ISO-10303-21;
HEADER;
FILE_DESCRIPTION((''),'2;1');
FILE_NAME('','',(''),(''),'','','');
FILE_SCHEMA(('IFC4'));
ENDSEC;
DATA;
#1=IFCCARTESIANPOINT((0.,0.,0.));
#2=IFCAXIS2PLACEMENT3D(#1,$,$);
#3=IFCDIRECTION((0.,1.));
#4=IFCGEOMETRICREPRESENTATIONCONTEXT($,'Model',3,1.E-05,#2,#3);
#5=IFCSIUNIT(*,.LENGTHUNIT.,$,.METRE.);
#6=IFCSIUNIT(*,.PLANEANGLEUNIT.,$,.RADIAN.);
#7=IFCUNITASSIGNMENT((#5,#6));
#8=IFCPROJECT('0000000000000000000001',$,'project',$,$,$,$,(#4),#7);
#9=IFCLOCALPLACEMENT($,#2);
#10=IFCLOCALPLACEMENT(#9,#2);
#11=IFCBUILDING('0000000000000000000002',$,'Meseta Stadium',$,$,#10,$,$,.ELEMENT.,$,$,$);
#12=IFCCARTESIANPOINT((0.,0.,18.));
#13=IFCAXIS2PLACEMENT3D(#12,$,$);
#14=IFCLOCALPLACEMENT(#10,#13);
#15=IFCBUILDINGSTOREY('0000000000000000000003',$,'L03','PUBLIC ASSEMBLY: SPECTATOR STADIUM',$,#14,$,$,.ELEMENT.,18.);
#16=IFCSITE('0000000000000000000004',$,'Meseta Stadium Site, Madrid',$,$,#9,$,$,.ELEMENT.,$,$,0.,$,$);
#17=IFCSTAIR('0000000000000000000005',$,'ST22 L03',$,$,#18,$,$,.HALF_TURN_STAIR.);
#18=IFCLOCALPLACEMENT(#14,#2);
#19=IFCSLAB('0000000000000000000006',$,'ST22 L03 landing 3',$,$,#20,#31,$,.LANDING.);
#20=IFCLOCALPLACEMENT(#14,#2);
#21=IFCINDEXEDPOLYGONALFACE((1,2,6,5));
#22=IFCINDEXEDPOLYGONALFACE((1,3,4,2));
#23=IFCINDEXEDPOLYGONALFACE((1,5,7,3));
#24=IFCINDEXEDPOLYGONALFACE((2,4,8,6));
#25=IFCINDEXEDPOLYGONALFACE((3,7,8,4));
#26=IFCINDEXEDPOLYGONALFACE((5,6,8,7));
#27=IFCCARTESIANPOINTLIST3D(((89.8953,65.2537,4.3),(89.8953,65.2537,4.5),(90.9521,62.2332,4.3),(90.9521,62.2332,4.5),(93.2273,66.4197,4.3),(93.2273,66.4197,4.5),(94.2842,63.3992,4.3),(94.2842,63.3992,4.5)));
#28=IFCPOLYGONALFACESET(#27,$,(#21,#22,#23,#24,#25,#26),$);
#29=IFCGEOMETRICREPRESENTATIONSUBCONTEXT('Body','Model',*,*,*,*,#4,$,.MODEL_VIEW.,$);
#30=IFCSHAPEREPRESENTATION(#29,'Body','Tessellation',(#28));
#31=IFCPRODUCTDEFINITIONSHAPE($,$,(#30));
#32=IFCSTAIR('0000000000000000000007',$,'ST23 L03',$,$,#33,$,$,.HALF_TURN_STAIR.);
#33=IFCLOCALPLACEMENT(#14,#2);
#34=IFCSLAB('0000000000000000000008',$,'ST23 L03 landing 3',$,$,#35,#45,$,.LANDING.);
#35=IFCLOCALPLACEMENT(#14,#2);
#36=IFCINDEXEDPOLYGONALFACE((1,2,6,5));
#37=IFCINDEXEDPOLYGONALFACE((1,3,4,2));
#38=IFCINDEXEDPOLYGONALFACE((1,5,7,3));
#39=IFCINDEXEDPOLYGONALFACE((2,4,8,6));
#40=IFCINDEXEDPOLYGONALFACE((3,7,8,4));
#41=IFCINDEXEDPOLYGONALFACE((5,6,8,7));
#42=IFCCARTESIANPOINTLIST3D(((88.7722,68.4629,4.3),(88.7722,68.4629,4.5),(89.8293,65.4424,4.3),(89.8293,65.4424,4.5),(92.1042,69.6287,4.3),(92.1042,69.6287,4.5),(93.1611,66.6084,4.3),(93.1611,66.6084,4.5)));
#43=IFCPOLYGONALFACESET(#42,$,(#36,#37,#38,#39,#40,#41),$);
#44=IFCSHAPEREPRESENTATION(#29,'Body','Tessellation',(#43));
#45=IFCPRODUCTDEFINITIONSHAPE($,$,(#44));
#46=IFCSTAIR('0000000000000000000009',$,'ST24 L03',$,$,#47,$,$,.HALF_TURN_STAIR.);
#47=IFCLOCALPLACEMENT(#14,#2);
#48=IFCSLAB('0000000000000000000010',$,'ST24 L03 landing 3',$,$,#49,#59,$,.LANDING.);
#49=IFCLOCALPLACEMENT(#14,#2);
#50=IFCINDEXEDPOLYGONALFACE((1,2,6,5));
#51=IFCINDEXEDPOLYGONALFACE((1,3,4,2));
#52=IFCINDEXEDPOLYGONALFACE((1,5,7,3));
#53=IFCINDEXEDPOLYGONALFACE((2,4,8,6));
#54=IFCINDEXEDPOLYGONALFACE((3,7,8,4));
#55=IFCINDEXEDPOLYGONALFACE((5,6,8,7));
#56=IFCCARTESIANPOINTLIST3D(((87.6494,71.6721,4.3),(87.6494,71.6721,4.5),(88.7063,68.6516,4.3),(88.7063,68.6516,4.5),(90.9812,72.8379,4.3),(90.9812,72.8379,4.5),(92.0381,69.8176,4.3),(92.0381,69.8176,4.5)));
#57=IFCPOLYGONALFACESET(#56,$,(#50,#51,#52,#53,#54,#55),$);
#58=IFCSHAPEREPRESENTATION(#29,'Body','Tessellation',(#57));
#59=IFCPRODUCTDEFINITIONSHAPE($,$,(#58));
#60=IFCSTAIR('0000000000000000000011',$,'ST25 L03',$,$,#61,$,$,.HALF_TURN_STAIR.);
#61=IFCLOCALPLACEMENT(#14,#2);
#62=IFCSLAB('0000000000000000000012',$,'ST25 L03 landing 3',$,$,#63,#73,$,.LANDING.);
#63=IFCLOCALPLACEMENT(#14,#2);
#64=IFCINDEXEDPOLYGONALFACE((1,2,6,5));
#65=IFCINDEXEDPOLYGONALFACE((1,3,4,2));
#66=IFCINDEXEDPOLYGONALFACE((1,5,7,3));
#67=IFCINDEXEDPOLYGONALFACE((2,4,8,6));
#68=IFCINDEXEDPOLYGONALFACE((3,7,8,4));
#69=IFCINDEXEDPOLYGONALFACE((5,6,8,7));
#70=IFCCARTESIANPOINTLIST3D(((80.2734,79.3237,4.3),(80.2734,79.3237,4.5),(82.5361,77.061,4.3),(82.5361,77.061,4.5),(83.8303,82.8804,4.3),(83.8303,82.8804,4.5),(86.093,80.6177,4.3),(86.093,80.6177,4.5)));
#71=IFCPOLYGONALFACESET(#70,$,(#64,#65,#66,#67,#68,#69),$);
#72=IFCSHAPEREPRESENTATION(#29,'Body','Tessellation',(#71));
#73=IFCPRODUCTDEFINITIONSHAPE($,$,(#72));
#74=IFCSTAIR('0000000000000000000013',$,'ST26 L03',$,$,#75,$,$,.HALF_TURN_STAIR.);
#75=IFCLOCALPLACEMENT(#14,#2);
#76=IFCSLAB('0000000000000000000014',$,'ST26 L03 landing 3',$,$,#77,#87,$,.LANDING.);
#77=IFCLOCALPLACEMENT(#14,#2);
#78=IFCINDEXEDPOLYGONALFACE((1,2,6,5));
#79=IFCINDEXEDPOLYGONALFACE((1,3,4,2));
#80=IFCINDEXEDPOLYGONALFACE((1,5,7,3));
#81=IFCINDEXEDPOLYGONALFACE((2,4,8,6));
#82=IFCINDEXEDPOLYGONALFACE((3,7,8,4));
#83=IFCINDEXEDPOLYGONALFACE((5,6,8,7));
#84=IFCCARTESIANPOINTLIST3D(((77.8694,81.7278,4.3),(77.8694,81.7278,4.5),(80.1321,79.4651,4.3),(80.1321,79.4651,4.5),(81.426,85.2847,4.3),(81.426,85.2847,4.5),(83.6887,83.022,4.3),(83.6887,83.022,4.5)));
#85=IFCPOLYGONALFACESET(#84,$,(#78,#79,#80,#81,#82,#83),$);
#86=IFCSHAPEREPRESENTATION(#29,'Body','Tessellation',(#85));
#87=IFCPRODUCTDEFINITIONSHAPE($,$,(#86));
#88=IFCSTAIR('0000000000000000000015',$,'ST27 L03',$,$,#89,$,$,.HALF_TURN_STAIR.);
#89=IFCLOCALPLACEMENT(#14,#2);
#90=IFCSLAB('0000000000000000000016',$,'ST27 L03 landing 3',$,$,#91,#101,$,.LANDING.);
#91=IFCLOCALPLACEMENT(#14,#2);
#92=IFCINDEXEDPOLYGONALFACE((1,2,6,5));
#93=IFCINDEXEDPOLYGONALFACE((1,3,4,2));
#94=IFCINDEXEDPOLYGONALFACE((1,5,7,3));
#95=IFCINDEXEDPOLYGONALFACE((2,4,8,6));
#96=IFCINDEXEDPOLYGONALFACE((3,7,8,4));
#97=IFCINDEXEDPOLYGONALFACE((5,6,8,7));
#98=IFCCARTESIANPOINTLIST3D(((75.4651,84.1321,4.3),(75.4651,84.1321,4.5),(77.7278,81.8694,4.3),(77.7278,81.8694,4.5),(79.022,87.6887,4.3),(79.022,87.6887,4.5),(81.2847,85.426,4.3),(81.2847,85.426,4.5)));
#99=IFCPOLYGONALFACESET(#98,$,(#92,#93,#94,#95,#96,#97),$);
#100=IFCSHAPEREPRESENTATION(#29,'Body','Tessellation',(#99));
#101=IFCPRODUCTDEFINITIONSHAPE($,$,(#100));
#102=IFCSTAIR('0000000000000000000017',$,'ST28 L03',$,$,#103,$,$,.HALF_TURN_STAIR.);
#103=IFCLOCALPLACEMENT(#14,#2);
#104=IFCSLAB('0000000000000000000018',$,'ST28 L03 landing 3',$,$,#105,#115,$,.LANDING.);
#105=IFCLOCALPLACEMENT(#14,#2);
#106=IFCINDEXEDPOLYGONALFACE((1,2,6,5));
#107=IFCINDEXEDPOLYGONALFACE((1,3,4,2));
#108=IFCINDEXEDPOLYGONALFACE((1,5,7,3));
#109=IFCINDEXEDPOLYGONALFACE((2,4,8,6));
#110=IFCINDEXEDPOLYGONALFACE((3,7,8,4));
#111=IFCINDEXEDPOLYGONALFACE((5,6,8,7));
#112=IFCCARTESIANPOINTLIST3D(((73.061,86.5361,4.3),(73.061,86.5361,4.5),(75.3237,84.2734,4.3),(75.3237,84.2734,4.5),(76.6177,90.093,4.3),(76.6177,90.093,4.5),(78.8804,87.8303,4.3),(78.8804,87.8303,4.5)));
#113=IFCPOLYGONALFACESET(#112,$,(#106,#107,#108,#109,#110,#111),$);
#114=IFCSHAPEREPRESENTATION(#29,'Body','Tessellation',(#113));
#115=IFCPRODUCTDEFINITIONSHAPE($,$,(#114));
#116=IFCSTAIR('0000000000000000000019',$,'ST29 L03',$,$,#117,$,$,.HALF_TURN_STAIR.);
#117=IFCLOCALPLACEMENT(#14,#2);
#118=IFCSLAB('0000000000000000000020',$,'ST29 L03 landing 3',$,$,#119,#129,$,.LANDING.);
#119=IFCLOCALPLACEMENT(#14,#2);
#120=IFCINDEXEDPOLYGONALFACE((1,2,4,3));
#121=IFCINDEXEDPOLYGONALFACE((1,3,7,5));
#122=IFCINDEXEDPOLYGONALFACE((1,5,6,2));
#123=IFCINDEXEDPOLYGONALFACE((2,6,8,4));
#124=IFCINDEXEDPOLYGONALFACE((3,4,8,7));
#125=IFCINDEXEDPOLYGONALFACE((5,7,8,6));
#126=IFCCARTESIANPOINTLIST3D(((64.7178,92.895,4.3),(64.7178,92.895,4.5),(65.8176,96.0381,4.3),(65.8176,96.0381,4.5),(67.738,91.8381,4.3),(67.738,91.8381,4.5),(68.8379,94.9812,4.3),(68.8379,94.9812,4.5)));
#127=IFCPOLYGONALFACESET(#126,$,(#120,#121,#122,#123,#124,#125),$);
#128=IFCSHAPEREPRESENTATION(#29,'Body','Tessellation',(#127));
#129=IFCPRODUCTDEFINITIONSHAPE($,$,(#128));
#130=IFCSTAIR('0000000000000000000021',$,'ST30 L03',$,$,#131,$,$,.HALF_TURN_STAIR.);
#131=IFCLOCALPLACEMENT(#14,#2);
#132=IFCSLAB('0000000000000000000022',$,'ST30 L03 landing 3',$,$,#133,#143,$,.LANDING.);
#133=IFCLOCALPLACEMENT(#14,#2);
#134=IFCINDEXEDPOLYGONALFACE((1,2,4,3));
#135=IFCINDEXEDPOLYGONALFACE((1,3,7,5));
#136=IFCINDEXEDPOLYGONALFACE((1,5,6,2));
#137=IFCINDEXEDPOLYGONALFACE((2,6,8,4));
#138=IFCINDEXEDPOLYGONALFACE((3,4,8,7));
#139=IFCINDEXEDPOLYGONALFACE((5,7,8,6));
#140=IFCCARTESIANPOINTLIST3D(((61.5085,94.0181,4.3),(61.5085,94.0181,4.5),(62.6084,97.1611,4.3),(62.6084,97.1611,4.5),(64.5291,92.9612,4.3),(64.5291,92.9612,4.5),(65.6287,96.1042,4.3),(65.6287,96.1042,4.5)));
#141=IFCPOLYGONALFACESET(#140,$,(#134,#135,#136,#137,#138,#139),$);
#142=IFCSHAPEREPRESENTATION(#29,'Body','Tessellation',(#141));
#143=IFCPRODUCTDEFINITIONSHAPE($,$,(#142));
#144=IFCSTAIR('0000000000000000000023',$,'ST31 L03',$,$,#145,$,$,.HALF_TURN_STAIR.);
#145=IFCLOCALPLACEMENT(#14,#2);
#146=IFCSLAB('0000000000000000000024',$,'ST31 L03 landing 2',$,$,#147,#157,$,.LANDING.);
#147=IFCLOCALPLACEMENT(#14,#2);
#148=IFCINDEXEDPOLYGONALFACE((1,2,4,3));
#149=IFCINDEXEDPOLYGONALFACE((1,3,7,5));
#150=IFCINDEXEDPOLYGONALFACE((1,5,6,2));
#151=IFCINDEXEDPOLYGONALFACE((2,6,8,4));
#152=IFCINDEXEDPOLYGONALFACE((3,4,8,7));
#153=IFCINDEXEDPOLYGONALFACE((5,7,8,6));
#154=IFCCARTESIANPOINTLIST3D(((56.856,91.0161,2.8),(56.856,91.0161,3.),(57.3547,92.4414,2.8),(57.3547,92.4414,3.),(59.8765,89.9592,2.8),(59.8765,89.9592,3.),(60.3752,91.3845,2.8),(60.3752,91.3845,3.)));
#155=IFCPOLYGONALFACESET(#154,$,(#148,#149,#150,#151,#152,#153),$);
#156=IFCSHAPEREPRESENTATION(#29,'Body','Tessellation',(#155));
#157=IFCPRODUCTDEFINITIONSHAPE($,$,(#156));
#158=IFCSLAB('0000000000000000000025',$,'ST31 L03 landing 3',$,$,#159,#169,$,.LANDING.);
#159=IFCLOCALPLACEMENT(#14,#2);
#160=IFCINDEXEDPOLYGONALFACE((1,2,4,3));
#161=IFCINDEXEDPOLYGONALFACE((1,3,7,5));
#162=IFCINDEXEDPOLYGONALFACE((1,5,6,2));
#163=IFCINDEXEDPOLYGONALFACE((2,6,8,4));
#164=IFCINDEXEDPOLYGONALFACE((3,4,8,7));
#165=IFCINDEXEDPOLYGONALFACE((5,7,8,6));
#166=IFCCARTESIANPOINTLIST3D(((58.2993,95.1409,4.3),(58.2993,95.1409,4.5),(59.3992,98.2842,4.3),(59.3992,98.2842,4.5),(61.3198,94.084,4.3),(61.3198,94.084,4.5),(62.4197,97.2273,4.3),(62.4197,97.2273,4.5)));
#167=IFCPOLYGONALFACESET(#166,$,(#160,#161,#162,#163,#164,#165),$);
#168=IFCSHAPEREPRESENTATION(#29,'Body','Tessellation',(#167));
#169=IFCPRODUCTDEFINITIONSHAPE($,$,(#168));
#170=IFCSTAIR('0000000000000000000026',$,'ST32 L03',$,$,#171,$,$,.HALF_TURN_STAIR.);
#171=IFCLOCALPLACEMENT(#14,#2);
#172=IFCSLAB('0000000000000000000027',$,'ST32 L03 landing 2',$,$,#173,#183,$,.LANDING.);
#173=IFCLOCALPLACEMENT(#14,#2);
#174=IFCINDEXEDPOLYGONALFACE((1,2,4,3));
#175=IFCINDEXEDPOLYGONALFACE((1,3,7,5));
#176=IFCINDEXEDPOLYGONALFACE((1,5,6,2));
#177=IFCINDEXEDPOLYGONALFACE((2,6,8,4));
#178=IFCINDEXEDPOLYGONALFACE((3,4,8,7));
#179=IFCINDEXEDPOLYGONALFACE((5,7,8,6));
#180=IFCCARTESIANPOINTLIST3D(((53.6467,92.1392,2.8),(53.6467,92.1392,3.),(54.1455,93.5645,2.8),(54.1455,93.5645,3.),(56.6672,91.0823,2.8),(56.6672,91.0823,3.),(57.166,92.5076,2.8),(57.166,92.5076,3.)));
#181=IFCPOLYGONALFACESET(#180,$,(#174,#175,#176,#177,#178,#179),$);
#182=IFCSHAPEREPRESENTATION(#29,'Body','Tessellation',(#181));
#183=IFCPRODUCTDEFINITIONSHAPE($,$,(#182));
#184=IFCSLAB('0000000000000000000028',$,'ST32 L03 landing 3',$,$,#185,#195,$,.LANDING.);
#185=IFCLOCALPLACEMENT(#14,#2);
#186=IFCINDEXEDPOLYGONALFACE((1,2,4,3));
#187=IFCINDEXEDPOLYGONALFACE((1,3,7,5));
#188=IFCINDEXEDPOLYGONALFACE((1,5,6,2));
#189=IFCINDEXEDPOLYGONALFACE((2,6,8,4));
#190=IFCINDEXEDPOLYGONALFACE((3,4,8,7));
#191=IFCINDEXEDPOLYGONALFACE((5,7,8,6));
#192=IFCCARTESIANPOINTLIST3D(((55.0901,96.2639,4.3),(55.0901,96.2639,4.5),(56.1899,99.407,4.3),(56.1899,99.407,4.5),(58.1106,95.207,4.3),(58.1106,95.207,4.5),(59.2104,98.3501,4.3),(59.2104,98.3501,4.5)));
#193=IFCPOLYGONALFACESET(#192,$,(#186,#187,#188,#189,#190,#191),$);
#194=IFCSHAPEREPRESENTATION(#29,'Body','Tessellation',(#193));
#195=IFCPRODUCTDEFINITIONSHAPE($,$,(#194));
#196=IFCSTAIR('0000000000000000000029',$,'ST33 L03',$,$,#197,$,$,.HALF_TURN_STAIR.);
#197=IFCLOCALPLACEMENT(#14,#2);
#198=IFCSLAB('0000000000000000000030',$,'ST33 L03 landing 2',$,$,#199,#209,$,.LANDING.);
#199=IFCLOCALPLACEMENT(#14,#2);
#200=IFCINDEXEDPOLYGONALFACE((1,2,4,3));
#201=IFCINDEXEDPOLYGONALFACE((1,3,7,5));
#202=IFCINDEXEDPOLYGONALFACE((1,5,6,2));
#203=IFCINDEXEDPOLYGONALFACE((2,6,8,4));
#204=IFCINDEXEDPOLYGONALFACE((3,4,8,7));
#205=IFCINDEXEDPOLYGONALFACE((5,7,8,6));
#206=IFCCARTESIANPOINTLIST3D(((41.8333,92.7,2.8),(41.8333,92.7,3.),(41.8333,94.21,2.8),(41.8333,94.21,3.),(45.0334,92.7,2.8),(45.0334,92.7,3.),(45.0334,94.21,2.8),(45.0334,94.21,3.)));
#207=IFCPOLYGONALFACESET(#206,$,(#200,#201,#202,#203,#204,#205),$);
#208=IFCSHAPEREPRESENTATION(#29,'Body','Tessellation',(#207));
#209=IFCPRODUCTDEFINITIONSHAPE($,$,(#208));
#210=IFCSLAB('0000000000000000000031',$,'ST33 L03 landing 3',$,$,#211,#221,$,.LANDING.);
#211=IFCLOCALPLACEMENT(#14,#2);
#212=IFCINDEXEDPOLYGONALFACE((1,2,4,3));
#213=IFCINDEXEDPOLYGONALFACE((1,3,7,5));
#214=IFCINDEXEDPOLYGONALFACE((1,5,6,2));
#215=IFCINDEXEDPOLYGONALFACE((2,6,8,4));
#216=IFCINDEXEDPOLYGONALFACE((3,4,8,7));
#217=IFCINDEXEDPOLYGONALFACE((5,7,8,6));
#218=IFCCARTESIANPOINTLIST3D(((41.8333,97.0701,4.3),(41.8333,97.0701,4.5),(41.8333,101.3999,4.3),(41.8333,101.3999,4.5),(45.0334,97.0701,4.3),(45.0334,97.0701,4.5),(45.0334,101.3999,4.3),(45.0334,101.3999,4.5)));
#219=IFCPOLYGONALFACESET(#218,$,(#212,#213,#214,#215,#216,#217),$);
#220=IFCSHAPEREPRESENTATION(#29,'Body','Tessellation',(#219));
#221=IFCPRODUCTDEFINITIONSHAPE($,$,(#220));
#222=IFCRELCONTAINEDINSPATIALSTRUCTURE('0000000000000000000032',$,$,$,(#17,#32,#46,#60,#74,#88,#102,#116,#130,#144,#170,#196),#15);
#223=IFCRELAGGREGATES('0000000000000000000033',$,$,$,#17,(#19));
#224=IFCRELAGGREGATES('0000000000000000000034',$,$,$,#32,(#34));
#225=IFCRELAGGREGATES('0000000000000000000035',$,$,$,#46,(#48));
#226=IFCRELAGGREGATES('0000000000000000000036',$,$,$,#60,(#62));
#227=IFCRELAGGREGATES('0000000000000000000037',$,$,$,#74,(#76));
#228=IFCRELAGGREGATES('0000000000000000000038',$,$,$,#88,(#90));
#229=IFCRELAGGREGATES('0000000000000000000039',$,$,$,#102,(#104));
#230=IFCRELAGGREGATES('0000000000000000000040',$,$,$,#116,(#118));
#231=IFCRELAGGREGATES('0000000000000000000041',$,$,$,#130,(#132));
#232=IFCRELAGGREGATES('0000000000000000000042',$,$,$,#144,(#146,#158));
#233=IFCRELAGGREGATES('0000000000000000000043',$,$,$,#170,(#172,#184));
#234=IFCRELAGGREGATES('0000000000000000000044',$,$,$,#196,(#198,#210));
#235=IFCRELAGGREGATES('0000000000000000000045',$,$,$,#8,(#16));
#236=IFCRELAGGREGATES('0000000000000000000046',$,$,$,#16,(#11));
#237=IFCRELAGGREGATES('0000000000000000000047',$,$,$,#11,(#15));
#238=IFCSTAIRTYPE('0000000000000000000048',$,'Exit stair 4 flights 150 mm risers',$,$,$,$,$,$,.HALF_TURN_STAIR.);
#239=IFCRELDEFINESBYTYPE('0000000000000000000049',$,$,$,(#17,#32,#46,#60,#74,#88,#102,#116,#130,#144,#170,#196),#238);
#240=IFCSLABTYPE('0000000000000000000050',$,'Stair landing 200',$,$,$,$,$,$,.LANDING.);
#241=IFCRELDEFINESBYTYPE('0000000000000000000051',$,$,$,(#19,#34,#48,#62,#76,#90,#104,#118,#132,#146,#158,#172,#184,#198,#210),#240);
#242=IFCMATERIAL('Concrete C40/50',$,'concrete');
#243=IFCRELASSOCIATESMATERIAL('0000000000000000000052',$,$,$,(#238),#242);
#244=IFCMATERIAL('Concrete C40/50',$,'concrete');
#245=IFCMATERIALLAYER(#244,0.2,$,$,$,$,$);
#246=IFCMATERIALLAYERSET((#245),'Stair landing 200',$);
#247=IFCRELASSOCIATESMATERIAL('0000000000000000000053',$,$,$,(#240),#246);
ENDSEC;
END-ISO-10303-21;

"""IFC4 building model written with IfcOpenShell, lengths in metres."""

from ifc_helpers import new_model, si_unit, direction, frame, origin, place, context, subcontext, project, spatial, polyline, outline, extrude, material, layer, layer_set, type_object, element, aggregate, save


model = new_model("IFC4")

# Units and contexts
model_context = context("Model", 3, precision=1e-05, world=origin(), true_north=direction((0.0, 1.0)))
body_context = subcontext(model_context, "Body", "Model", "MODEL_VIEW")
ifc_project = project(units=[si_unit("LENGTHUNIT", "METRE"), si_unit("PLANEANGLEUNIT", "RADIAN")], contexts=[model_context])

# Site, building, storey
site_placement = place(None, origin())
site = spatial("IfcSite", under=ifc_project, at=site_placement, Name="Meseta Stadium Site, Madrid", CompositionType="ELEMENT", RefElevation=0.0)
building_placement = place(site_placement, origin())
building = spatial("IfcBuilding", under=site, at=building_placement, Name="Meseta Stadium", CompositionType="ELEMENT")
storey_placement = place(building_placement, frame((0.0, 0.0, 18.0)))
storey = spatial("IfcBuildingStorey", under=building, at=storey_placement, Name="L03", Description="PUBLIC ASSEMBLY: SPECTATOR STADIUM", CompositionType="ELEMENT", Elevation=18.0)

# Stairs, slabs
ifc_material_1 = material(Name="Concrete C40/50", Category="concrete")
stair_type = type_object("IfcStairType", Name="Exit stair 4 flights 150 mm risers", PredefinedType="HALF_TURN_STAIR", material=ifc_material_1)
stair_1_placement = place(storey_placement, origin())
stair_1 = element("IfcStair", 1, at=stair_1_placement, inside=storey, type_object=stair_type, Name="ST22 L03", PredefinedType="HALF_TURN_STAIR")
ifc_material_2 = material(Name="Concrete C40/50", Category="concrete")
ifc_layer = layer(ifc_material_2, 0.2)
ifc_layer_set = layer_set([ifc_layer], Name="Stair landing 200")
slab_type = type_object("IfcSlabType", Name="Stair landing 200", PredefinedType="LANDING", material=ifc_layer_set)
slab_1_placement = place(storey_placement, frame((0.0, 0.0, 4.3)))
slab_1 = element("IfcSlab", 2, at=slab_1_placement, type_object=slab_type, Name="ST22 L03 landing 3", PredefinedType="LANDING", context=body_context, shape_type="SweptSolid", body=[
    extrude(outline(polyline([(90.9521, 62.2332), (94.2842, 63.3992), (93.2273, 66.4197), (89.8953, 65.2537), (90.9521, 62.2332)])), origin(), (0.0, 0.0, 1.0), 0.2),
])
aggregate(stair_1, [slab_1])
stair_2_placement = place(storey_placement, origin())
stair_2 = element("IfcStair", 3, at=stair_2_placement, inside=storey, type_object=stair_type, Name="ST23 L03", PredefinedType="HALF_TURN_STAIR")
slab_2_placement = place(storey_placement, frame((0.0, 0.0, 4.3)))
slab_2 = element("IfcSlab", 4, at=slab_2_placement, type_object=slab_type, Name="ST23 L03 landing 3", PredefinedType="LANDING", context=body_context, shape_type="SweptSolid", body=[
    extrude(outline(polyline([(89.8293, 65.4424), (93.1611, 66.6084), (92.1042, 69.6287), (88.7722, 68.4629), (89.8293, 65.4424)])), origin(), (0.0, 0.0, 1.0), 0.2),
])
aggregate(stair_2, [slab_2])
stair_3_placement = place(storey_placement, origin())
stair_3 = element("IfcStair", 5, at=stair_3_placement, inside=storey, type_object=stair_type, Name="ST24 L03", PredefinedType="HALF_TURN_STAIR")
slab_3_placement = place(storey_placement, frame((0.0, 0.0, 4.3)))
slab_3 = element("IfcSlab", 6, at=slab_3_placement, type_object=slab_type, Name="ST24 L03 landing 3", PredefinedType="LANDING", context=body_context, shape_type="SweptSolid", body=[
    extrude(outline(polyline([(88.7063, 68.6516), (92.0381, 69.8176), (90.9812, 72.8379), (87.6494, 71.6721), (88.7063, 68.6516)])), origin(), (0.0, 0.0, 1.0), 0.2),
])
aggregate(stair_3, [slab_3])
stair_4_placement = place(storey_placement, origin())
stair_4 = element("IfcStair", 7, at=stair_4_placement, inside=storey, type_object=stair_type, Name="ST25 L03", PredefinedType="HALF_TURN_STAIR")
slab_4_placement = place(storey_placement, frame((0.0, 0.0, 4.3)))
slab_4 = element("IfcSlab", 8, at=slab_4_placement, type_object=slab_type, Name="ST25 L03 landing 3", PredefinedType="LANDING", context=body_context, shape_type="SweptSolid", body=[
    extrude(outline(polyline([(82.5361, 77.061), (86.093, 80.6177), (83.8303, 82.8804), (80.2734, 79.3237), (82.5361, 77.061)])), origin(), (0.0, 0.0, 1.0), 0.2),
])
aggregate(stair_4, [slab_4])
stair_5_placement = place(storey_placement, origin())
stair_5 = element("IfcStair", 9, at=stair_5_placement, inside=storey, type_object=stair_type, Name="ST26 L03", PredefinedType="HALF_TURN_STAIR")
slab_5_placement = place(storey_placement, frame((0.0, 0.0, 4.3)))
slab_5 = element("IfcSlab", 10, at=slab_5_placement, type_object=slab_type, Name="ST26 L03 landing 3", PredefinedType="LANDING", context=body_context, shape_type="SweptSolid", body=[
    extrude(outline(polyline([(80.1321, 79.4651), (83.6887, 83.022), (81.426, 85.2847), (77.8694, 81.7278), (80.1321, 79.4651)])), origin(), (0.0, 0.0, 1.0), 0.2),
])
aggregate(stair_5, [slab_5])
stair_6_placement = place(storey_placement, origin())
stair_6 = element("IfcStair", 11, at=stair_6_placement, inside=storey, type_object=stair_type, Name="ST27 L03", PredefinedType="HALF_TURN_STAIR")
slab_6_placement = place(storey_placement, frame((0.0, 0.0, 4.3)))
slab_6 = element("IfcSlab", 12, at=slab_6_placement, type_object=slab_type, Name="ST27 L03 landing 3", PredefinedType="LANDING", context=body_context, shape_type="SweptSolid", body=[
    extrude(outline(polyline([(77.7278, 81.8694), (81.2847, 85.426), (79.022, 87.6887), (75.4651, 84.1321), (77.7278, 81.8694)])), origin(), (0.0, 0.0, 1.0), 0.2),
])
aggregate(stair_6, [slab_6])
stair_7_placement = place(storey_placement, origin())
stair_7 = element("IfcStair", 13, at=stair_7_placement, inside=storey, type_object=stair_type, Name="ST28 L03", PredefinedType="HALF_TURN_STAIR")
slab_7_placement = place(storey_placement, frame((0.0, 0.0, 4.3)))
slab_7 = element("IfcSlab", 14, at=slab_7_placement, type_object=slab_type, Name="ST28 L03 landing 3", PredefinedType="LANDING", context=body_context, shape_type="SweptSolid", body=[
    extrude(outline(polyline([(75.3237, 84.2734), (78.8804, 87.8303), (76.6177, 90.093), (73.061, 86.5361), (75.3237, 84.2734)])), origin(), (0.0, 0.0, 1.0), 0.2),
])
aggregate(stair_7, [slab_7])
stair_8_placement = place(storey_placement, origin())
stair_8 = element("IfcStair", 15, at=stair_8_placement, inside=storey, type_object=stair_type, Name="ST29 L03", PredefinedType="HALF_TURN_STAIR")
slab_8_placement = place(storey_placement, frame((0.0, 0.0, 4.3)))
slab_8 = element("IfcSlab", 16, at=slab_8_placement, type_object=slab_type, Name="ST29 L03 landing 3", PredefinedType="LANDING", context=body_context, shape_type="SweptSolid", body=[
    extrude(outline(polyline([(67.738, 91.8381), (68.8379, 94.9812), (65.8176, 96.0381), (64.7178, 92.895), (67.738, 91.8381)])), origin(), (0.0, 0.0, 1.0), 0.2),
])
aggregate(stair_8, [slab_8])
stair_9_placement = place(storey_placement, origin())
stair_9 = element("IfcStair", 17, at=stair_9_placement, inside=storey, type_object=stair_type, Name="ST30 L03", PredefinedType="HALF_TURN_STAIR")
slab_9_placement = place(storey_placement, frame((0.0, 0.0, 4.3)))
slab_9 = element("IfcSlab", 18, at=slab_9_placement, type_object=slab_type, Name="ST30 L03 landing 3", PredefinedType="LANDING", context=body_context, shape_type="SweptSolid", body=[
    extrude(outline(polyline([(64.5291, 92.9612), (65.6287, 96.1042), (62.6084, 97.1611), (61.5085, 94.0181), (64.5291, 92.9612)])), origin(), (0.0, 0.0, 1.0), 0.2),
])
aggregate(stair_9, [slab_9])

# Stairs, slabs
stair_10_placement = place(storey_placement, origin())
stair_10 = element("IfcStair", 19, at=stair_10_placement, inside=storey, type_object=stair_type, Name="ST31 L03", PredefinedType="HALF_TURN_STAIR")
slab_10_placement = place(storey_placement, frame((0.0, 0.0, 2.8)))
slab_10 = element("IfcSlab", 20, at=slab_10_placement, type_object=slab_type, Name="ST31 L03 landing 2", PredefinedType="LANDING", context=body_context, shape_type="SweptSolid", body=[
    extrude(outline(polyline([(59.8765, 89.9592), (60.3752, 91.3845), (57.3547, 92.4414), (56.856, 91.0161), (59.8765, 89.9592)])), origin(), (0.0, 0.0, 1.0), 0.2),
])
slab_11_placement = place(storey_placement, frame((0.0, 0.0, 4.3)))
slab_11 = element("IfcSlab", 21, at=slab_11_placement, type_object=slab_type, Name="ST31 L03 landing 3", PredefinedType="LANDING", context=body_context, shape_type="SweptSolid", body=[
    extrude(outline(polyline([(61.3198, 94.084), (62.4197, 97.2273), (59.3992, 98.2842), (58.2993, 95.1409), (61.3198, 94.084)])), origin(), (0.0, 0.0, 1.0), 0.2),
])
aggregate(stair_10, [slab_10, slab_11])
stair_11_placement = place(storey_placement, origin())
stair_11 = element("IfcStair", 22, at=stair_11_placement, inside=storey, type_object=stair_type, Name="ST32 L03", PredefinedType="HALF_TURN_STAIR")
slab_12_placement = place(storey_placement, frame((0.0, 0.0, 2.8)))
slab_12 = element("IfcSlab", 23, at=slab_12_placement, type_object=slab_type, Name="ST32 L03 landing 2", PredefinedType="LANDING", context=body_context, shape_type="SweptSolid", body=[
    extrude(outline(polyline([(56.6672, 91.0823), (57.166, 92.5076), (54.1455, 93.5645), (53.6467, 92.1392), (56.6672, 91.0823)])), origin(), (0.0, 0.0, 1.0), 0.2),
])
slab_13_placement = place(storey_placement, frame((0.0, 0.0, 4.3)))
slab_13 = element("IfcSlab", 24, at=slab_13_placement, type_object=slab_type, Name="ST32 L03 landing 3", PredefinedType="LANDING", context=body_context, shape_type="SweptSolid", body=[
    extrude(outline(polyline([(58.1106, 95.207), (59.2104, 98.3501), (56.1899, 99.407), (55.0901, 96.2639), (58.1106, 95.207)])), origin(), (0.0, 0.0, 1.0), 0.2),
])
aggregate(stair_11, [slab_12, slab_13])
stair_12_placement = place(storey_placement, origin())
stair_12 = element("IfcStair", 25, at=stair_12_placement, inside=storey, type_object=stair_type, Name="ST33 L03", PredefinedType="HALF_TURN_STAIR")
slab_14_placement = place(storey_placement, frame((0.0, 0.0, 2.8)))
slab_14 = element("IfcSlab", 26, at=slab_14_placement, type_object=slab_type, Name="ST33 L03 landing 2", PredefinedType="LANDING", context=body_context, shape_type="SweptSolid", body=[
    extrude(outline(polyline([(45.0334, 92.7), (45.0334, 94.21), (41.8333, 94.21), (41.8333, 92.7), (45.0334, 92.7)])), origin(), (0.0, 0.0, 1.0), 0.2),
])
slab_15_placement = place(storey_placement, frame((0.0, 0.0, 4.3)))
slab_15 = element("IfcSlab", 27, at=slab_15_placement, type_object=slab_type, Name="ST33 L03 landing 3", PredefinedType="LANDING", context=body_context, shape_type="SweptSolid", body=[
    extrude(outline(polyline([(45.0334, 97.0701), (45.0334, 101.3999), (41.8333, 101.3999), (41.8333, 97.0701), (45.0334, 97.0701)])), origin(), (0.0, 0.0, 1.0), 0.2),
])
aggregate(stair_12, [slab_14, slab_15])

save(model, "model.ifc")
